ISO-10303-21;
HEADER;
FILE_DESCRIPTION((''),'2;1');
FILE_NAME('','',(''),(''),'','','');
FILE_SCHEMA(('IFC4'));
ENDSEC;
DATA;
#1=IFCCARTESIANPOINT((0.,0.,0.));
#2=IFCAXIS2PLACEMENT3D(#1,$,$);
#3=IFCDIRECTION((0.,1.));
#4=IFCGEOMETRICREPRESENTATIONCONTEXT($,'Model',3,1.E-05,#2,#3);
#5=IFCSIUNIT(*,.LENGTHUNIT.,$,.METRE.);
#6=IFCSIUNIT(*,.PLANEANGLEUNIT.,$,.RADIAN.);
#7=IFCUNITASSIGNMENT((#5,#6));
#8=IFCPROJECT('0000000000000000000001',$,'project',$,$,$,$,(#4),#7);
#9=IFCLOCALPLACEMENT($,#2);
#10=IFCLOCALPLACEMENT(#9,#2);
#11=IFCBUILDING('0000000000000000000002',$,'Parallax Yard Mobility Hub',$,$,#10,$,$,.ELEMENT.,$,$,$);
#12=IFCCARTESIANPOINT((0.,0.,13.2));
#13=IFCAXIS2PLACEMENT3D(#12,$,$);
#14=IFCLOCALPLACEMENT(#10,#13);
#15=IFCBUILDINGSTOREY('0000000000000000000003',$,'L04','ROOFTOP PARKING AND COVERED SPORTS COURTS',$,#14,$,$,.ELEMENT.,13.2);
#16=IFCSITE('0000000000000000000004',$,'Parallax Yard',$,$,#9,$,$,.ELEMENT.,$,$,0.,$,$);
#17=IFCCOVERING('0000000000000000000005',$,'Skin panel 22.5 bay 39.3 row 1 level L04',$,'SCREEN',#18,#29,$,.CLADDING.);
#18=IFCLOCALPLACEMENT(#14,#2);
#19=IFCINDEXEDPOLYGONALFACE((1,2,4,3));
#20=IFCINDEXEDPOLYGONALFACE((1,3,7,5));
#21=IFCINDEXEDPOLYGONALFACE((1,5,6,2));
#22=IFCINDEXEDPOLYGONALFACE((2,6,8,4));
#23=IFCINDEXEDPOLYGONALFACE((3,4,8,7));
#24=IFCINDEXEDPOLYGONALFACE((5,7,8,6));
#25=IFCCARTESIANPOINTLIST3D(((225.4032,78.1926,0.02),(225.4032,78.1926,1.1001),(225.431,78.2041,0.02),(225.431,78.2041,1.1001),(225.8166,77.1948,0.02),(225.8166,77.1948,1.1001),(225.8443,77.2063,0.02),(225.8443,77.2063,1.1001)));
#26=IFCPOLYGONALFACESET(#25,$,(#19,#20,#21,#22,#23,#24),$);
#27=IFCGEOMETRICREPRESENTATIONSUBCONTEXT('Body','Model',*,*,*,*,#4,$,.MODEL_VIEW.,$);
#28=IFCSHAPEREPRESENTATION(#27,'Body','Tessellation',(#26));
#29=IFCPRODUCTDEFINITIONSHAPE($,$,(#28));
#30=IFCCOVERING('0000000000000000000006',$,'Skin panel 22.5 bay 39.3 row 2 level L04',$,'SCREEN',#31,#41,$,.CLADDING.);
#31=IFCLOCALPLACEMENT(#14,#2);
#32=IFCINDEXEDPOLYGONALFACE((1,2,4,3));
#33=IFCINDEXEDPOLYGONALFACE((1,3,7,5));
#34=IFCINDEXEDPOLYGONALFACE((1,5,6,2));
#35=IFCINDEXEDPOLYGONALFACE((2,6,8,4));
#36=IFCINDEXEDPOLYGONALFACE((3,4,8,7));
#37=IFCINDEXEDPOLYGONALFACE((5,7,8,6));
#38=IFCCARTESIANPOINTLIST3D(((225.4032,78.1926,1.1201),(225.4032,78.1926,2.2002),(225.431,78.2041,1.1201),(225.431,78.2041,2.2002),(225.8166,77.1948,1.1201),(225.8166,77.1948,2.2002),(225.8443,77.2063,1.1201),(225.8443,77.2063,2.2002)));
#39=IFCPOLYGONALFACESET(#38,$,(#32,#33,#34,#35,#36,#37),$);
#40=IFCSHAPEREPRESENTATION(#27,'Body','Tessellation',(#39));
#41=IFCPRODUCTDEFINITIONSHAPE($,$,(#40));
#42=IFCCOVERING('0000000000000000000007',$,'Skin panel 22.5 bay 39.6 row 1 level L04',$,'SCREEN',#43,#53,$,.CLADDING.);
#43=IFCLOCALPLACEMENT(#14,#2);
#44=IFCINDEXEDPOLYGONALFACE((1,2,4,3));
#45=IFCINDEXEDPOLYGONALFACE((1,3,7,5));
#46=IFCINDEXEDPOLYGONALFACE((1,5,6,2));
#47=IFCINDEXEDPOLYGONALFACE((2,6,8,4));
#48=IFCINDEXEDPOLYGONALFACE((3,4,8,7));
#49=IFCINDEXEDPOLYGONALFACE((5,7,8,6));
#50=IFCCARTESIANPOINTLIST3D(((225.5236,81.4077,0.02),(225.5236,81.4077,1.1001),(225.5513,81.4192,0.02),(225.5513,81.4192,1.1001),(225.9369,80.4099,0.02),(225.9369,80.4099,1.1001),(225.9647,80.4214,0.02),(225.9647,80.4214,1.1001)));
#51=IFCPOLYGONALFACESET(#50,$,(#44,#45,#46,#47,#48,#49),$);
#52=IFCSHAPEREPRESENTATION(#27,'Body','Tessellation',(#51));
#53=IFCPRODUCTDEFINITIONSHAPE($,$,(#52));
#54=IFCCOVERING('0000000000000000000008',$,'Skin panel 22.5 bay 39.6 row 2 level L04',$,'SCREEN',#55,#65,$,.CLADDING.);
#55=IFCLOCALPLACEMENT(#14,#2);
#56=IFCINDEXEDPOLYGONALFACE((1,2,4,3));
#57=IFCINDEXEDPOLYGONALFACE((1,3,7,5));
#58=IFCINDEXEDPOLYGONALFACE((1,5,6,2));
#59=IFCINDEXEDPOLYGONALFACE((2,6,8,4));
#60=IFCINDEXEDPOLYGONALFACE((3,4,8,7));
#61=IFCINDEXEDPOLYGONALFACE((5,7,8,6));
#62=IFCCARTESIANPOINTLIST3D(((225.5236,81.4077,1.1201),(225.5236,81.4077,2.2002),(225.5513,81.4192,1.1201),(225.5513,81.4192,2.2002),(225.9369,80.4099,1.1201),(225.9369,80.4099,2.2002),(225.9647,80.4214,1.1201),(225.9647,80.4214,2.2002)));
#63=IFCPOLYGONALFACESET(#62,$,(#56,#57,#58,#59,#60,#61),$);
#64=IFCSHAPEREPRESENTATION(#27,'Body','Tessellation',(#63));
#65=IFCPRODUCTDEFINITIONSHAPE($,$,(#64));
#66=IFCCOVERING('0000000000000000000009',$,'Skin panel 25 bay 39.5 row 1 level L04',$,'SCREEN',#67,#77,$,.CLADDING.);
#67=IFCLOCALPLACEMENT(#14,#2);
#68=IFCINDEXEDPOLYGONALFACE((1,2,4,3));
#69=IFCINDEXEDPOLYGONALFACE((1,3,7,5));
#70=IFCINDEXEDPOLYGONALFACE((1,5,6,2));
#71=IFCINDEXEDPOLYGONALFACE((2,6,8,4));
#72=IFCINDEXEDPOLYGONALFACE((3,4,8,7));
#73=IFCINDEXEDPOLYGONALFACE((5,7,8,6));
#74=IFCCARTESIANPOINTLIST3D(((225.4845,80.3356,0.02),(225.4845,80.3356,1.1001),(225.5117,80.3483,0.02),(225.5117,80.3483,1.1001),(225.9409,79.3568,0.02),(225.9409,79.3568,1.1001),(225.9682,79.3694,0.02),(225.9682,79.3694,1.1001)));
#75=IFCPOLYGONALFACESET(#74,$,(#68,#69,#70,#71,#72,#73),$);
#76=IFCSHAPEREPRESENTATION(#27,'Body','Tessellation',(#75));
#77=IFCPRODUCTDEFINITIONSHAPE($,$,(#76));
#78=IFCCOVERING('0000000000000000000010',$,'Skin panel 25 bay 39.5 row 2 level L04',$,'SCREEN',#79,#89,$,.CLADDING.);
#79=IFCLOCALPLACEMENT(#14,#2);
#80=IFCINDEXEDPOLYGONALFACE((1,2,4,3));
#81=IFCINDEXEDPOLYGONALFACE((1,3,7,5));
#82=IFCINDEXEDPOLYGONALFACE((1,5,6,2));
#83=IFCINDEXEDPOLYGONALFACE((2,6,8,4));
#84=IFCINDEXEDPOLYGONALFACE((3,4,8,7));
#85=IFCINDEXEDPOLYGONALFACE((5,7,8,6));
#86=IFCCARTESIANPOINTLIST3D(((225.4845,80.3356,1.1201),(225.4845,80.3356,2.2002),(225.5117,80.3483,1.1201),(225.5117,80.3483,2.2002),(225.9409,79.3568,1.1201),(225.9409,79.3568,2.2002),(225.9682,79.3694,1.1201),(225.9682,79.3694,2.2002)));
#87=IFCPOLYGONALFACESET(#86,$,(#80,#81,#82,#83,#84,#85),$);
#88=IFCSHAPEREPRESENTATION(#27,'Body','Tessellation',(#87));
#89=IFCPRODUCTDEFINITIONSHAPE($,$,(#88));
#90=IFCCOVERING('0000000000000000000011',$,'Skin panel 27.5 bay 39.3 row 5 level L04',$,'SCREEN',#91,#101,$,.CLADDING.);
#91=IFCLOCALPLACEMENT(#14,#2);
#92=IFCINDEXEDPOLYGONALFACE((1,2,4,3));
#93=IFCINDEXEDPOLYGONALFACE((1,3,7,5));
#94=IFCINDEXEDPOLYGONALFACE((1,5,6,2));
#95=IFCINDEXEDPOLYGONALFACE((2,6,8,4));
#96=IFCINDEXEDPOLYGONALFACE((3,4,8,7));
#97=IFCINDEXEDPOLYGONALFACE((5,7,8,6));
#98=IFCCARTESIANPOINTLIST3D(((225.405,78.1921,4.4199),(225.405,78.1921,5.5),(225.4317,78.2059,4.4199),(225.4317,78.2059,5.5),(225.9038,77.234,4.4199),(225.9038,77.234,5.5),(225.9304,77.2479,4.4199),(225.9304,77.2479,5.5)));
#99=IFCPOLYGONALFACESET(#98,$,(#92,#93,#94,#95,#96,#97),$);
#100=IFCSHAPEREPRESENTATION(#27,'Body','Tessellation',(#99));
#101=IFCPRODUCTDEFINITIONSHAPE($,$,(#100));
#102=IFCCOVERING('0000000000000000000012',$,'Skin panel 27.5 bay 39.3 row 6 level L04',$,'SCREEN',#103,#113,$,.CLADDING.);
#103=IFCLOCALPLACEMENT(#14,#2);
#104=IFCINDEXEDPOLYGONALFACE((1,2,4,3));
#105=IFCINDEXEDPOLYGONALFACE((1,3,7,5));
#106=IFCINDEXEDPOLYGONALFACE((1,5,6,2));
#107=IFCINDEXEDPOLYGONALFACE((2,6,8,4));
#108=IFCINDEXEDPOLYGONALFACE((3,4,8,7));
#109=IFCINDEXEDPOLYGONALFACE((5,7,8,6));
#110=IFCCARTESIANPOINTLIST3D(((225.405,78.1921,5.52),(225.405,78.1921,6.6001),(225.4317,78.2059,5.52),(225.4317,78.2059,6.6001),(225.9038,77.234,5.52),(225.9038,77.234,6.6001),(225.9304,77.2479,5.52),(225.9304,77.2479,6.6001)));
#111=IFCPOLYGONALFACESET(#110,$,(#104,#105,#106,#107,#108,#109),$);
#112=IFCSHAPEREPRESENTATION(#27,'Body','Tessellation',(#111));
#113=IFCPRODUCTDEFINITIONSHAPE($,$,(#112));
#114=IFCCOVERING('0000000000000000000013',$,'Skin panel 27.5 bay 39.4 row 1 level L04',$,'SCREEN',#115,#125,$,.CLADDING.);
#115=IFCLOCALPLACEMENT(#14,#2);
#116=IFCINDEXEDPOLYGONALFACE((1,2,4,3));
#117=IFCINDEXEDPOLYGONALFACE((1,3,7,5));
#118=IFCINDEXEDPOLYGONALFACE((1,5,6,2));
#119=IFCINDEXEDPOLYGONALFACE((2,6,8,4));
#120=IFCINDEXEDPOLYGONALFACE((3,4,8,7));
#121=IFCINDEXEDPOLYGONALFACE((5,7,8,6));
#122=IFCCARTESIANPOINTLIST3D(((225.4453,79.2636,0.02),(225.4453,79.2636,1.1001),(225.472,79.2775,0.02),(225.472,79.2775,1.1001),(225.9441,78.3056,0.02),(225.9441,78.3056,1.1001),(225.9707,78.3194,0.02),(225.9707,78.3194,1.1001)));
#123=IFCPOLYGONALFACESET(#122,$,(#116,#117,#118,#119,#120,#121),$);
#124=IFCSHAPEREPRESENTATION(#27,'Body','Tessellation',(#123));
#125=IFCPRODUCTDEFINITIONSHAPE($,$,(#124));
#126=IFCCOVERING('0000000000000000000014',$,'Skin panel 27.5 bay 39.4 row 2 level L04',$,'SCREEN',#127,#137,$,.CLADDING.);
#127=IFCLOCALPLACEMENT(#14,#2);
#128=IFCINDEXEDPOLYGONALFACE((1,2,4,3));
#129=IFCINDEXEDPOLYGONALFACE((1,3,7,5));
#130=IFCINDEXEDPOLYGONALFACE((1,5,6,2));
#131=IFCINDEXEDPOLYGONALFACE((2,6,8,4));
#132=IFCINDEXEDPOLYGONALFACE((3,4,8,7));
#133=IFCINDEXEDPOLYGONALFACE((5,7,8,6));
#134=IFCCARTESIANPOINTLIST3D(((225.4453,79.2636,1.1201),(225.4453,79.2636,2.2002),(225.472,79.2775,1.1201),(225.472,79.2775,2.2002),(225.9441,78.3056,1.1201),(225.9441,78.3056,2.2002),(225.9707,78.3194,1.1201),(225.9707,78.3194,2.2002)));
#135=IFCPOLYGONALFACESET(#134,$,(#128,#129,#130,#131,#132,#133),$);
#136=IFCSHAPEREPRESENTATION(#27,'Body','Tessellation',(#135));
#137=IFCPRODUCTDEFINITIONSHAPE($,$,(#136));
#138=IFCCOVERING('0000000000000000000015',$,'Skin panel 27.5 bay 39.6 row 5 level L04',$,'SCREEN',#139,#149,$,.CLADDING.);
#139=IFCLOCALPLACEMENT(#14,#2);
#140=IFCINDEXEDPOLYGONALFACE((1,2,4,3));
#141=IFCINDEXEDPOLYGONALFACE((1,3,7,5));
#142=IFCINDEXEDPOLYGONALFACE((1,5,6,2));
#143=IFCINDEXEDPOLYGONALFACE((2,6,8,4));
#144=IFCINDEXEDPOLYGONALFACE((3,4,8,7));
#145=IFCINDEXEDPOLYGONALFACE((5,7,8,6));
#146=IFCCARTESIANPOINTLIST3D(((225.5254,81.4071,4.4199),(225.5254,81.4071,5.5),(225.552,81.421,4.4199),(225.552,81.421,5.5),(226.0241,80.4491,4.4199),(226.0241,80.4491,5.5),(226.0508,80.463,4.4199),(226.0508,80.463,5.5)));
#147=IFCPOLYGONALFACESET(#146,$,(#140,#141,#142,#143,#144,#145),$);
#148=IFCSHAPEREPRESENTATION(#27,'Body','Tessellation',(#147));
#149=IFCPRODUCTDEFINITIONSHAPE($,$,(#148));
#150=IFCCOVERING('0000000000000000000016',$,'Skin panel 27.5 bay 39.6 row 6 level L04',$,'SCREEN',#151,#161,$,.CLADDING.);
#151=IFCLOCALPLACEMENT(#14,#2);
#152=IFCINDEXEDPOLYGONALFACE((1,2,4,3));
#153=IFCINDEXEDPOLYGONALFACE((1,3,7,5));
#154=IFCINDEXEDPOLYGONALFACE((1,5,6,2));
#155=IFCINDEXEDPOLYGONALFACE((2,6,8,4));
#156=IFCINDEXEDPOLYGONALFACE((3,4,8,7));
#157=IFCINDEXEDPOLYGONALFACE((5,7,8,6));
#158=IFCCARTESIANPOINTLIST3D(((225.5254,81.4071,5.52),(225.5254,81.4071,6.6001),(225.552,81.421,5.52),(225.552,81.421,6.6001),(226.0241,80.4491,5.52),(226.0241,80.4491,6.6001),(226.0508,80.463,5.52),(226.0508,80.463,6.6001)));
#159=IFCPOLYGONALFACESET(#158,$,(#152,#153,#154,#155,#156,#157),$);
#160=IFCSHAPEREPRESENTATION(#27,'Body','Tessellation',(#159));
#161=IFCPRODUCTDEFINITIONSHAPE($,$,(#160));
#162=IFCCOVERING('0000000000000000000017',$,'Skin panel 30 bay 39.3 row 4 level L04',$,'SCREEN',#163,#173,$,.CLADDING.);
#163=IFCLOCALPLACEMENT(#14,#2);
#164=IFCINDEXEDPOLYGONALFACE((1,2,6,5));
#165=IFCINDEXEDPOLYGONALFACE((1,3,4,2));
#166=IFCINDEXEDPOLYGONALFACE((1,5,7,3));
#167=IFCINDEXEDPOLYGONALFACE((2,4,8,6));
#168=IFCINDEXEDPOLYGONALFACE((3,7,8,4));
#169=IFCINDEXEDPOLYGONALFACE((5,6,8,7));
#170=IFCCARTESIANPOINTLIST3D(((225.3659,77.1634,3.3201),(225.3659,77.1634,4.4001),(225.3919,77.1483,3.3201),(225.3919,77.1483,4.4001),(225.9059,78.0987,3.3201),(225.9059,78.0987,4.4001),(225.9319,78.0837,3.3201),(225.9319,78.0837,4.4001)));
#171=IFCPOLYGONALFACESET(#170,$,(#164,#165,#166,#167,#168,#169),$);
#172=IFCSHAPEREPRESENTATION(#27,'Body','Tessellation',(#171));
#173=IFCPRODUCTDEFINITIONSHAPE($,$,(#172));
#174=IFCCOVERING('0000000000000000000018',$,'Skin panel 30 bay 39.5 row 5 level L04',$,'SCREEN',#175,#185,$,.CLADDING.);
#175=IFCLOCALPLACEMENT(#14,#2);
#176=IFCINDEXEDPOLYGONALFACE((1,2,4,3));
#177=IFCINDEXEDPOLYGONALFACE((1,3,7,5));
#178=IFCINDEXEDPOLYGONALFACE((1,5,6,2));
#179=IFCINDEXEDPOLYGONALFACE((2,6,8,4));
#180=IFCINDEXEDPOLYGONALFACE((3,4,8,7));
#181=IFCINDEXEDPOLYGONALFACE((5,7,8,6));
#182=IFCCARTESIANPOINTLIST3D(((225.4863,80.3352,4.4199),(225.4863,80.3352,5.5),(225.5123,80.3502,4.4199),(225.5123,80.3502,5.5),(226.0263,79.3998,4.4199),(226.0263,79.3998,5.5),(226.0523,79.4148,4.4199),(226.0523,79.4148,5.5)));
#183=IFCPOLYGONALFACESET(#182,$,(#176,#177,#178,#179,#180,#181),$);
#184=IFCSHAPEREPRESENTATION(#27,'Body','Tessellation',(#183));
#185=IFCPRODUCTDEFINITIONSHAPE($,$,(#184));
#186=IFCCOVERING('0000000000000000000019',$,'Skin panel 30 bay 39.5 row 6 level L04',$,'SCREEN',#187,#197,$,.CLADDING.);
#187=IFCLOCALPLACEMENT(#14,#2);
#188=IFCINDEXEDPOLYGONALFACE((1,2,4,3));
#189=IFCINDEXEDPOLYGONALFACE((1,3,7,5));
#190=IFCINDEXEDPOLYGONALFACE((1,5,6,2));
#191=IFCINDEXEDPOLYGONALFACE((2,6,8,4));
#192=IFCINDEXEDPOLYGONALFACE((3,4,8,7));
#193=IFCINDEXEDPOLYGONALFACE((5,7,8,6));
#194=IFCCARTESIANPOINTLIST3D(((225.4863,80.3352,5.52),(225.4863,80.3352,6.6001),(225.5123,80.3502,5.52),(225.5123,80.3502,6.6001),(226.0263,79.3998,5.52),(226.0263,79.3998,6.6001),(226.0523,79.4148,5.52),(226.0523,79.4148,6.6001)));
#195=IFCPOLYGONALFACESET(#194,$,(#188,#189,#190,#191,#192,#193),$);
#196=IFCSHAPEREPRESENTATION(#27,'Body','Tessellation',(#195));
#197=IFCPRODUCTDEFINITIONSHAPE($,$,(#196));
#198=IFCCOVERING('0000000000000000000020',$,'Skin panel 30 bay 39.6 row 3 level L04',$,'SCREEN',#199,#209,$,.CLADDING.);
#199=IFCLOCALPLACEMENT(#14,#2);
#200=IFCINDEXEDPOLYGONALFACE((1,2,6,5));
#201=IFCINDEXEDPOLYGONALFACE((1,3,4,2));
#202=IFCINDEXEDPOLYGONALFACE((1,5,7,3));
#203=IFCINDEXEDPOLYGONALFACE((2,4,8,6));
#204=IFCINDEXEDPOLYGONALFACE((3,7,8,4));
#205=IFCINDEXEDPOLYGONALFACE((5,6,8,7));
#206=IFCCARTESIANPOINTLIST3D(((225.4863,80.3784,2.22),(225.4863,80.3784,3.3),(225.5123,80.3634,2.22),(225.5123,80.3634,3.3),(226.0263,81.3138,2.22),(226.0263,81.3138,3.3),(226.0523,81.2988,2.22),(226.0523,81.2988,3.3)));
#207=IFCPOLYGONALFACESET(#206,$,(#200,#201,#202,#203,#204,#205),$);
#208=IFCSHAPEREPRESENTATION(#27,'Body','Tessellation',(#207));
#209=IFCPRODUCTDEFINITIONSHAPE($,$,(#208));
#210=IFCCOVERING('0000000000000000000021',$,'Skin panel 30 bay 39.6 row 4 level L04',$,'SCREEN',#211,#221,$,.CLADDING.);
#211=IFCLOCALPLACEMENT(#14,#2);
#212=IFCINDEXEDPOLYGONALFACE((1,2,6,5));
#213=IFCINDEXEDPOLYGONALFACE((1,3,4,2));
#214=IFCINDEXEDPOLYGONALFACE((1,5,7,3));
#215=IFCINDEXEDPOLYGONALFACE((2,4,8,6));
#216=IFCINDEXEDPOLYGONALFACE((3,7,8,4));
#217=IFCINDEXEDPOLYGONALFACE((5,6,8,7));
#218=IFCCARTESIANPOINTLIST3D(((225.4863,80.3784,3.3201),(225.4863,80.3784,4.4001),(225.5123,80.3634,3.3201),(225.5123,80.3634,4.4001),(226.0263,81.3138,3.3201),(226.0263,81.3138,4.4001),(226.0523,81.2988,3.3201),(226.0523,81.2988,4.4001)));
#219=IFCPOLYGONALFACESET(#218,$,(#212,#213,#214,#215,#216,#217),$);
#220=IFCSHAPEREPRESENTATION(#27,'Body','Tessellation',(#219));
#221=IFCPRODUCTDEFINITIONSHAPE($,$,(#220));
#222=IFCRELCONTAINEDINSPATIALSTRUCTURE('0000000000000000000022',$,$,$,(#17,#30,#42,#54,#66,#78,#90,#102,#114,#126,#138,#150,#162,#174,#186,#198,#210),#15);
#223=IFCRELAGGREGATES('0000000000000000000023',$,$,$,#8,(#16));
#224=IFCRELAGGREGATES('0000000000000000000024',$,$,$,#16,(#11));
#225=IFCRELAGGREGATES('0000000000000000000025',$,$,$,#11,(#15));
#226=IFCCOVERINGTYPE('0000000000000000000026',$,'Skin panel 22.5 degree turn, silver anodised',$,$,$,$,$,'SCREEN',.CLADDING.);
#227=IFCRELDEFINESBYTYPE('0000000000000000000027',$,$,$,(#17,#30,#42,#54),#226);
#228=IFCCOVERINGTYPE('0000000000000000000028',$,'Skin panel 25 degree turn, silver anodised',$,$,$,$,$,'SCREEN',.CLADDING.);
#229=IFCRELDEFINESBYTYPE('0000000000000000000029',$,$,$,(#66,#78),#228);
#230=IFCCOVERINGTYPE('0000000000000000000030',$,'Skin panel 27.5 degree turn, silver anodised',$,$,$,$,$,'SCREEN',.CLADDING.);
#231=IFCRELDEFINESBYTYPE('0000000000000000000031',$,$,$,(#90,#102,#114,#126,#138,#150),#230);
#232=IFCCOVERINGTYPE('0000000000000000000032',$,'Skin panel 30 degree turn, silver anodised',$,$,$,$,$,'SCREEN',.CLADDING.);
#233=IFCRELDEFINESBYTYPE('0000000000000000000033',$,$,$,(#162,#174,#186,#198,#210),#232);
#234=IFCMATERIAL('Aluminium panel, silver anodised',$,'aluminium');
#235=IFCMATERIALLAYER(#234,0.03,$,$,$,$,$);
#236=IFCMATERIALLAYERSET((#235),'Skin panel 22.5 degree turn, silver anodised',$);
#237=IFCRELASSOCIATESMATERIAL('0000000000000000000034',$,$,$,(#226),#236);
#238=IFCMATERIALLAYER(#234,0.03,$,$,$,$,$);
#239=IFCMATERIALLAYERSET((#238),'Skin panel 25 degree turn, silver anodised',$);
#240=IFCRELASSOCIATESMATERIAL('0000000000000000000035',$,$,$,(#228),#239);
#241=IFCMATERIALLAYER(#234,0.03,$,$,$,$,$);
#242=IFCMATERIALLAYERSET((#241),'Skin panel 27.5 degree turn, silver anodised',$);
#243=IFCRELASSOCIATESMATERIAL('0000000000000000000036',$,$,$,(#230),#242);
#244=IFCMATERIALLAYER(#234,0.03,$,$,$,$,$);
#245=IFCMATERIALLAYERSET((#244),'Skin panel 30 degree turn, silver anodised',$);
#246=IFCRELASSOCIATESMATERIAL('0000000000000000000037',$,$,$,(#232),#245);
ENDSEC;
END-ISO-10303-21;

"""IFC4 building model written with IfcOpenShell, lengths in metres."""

from ifc_helpers import new_model, si_unit, direction, frame, origin, origin_2d, place, context, subcontext, project, spatial, rectangle, extrude, material, layer, layer_set, type_object, element, save


model = new_model("IFC4")

# Units and contexts
model_context = context("Model", 3, precision=1e-05, world=origin(), true_north=direction((0.0, 1.0)))
body_context = subcontext(model_context, "Body", "Model", "MODEL_VIEW")
ifc_project = project(units=[si_unit("LENGTHUNIT", "METRE"), si_unit("PLANEANGLEUNIT", "RADIAN")], contexts=[model_context])

# Site, building, storey
site_placement = place(None, origin())
site = spatial("IfcSite", under=ifc_project, at=site_placement, Name="Parallax Yard", CompositionType="ELEMENT", RefElevation=0.0)
building_placement = place(site_placement, origin())
building = spatial("IfcBuilding", under=site, at=building_placement, Name="Parallax Yard Mobility Hub", CompositionType="ELEMENT")
storey_placement = place(building_placement, frame((0.0, 0.0, 13.2)))
storey = spatial("IfcBuildingStorey", under=building, at=storey_placement, Name="L04", Description="ROOFTOP PARKING AND COVERED SPORTS COURTS", CompositionType="ELEMENT", Elevation=13.2)

# Coverings
ifc_material_1 = material(Name="Aluminium panel, silver anodised", Category="aluminium")
ifc_layer_1 = layer(ifc_material_1, 0.03)
ifc_layer_set_1 = layer_set([ifc_layer_1], Name="Skin panel 22.5 degree turn, silver anodised")
covering_type_1 = type_object("IfcCoveringType", Name="Skin panel 22.5 degree turn, silver anodised", ElementType="SCREEN", PredefinedType="CLADDING", material=ifc_layer_set_1)
for number, where, z_axis, x_axis, name in (
    (1, (225.6238, 77.6995, 0.02), (0.0, 0.0, 1.0), (0.382683, -0.92388, 0.0), "Skin panel 22.5 bay 39.3 row 1 level L04"),
    (2, (225.6238, 77.6995, 1.1201), (0.0, 0.0, 1.0), (0.382683, -0.92388, 0.0), "Skin panel 22.5 bay 39.3 row 2 level L04"),
    (3, (225.7441, 80.9146, 0.02), (0.0, 0.0, 1.0), (0.382683, -0.92388, 0.0), "Skin panel 22.5 bay 39.6 row 1 level L04"),
    (4, (225.7441, 80.9146, 1.1201), (0.0, 0.0, 1.0), (0.382683, -0.92388, 0.0), "Skin panel 22.5 bay 39.6 row 2 level L04"),
):
    element("IfcCovering", number, at=place(storey_placement, frame(where, z_axis=z_axis, x_axis=x_axis)), inside=storey, type_object=covering_type_1, Name=name, ObjectType="SCREEN", PredefinedType="CLADDING", context=body_context, shape_type="SweptSolid", body=[
        extrude(rectangle(XDim=1.0801, YDim=0.03, at=origin_2d()), origin(), (0.0, 0.0, 1.0), 1.0801),
    ])
ifc_layer_2 = layer(ifc_material_1, 0.03)
ifc_layer_set_2 = layer_set([ifc_layer_2], Name="Skin panel 25 degree turn, silver anodised")
covering_type_2 = type_object("IfcCoveringType", Name="Skin panel 25 degree turn, silver anodised", ElementType="SCREEN", PredefinedType="CLADDING", material=ifc_layer_set_2)
for number, where, z_axis, x_axis, name in (
    (5, (225.7263, 79.8525, 0.02), (0.0, 0.0, 1.0), (0.422618, -0.906308, 0.0), "Skin panel 25 bay 39.5 row 1 level L04"),
    (6, (225.7263, 79.8525, 1.1201), (0.0, 0.0, 1.0), (0.422618, -0.906308, 0.0), "Skin panel 25 bay 39.5 row 2 level L04"),
):
    element("IfcCovering", number, at=place(storey_placement, frame(where, z_axis=z_axis, x_axis=x_axis)), inside=storey, type_object=covering_type_2, Name=name, ObjectType="SCREEN", PredefinedType="CLADDING", context=body_context, shape_type="SweptSolid", body=[
        extrude(rectangle(XDim=1.0801, YDim=0.03, at=origin_2d()), origin(), (0.0, 0.0, 1.0), 1.0801),
    ])
ifc_layer_3 = layer(ifc_material_1, 0.03)
ifc_layer_set_3 = layer_set([ifc_layer_3], Name="Skin panel 27.5 degree turn, silver anodised")
covering_type_3 = type_object("IfcCoveringType", Name="Skin panel 27.5 degree turn, silver anodised", ElementType="SCREEN", PredefinedType="CLADDING", material=ifc_layer_set_3)
for number, where, z_axis, x_axis, name in (
    (7, (225.6677, 77.72, 4.4199), (0.0, 0.0, 1.0), (0.461749, -0.887011, 0.0), "Skin panel 27.5 bay 39.3 row 5 level L04"),
    (8, (225.6677, 77.72, 5.52), (0.0, 0.0, 1.0), (0.461749, -0.887011, 0.0), "Skin panel 27.5 bay 39.3 row 6 level L04"),
    (9, (225.708, 78.7915, 0.02), (0.0, 0.0, 1.0), (0.461749, -0.887011, 0.0), "Skin panel 27.5 bay 39.4 row 1 level L04"),
    (10, (225.708, 78.7915, 1.1201), (0.0, 0.0, 1.0), (0.461749, -0.887011, 0.0), "Skin panel 27.5 bay 39.4 row 2 level L04"),
    (11, (225.7881, 80.9351, 4.4199), (0.0, 0.0, 1.0), (0.461749, -0.887011, 0.0), "Skin panel 27.5 bay 39.6 row 5 level L04"),
    (12, (225.7881, 80.9351, 5.52), (0.0, 0.0, 1.0), (0.461749, -0.887011, 0.0), "Skin panel 27.5 bay 39.6 row 6 level L04"),
):
    element("IfcCovering", number, at=place(storey_placement, frame(where, z_axis=z_axis, x_axis=x_axis)), inside=storey, type_object=covering_type_3, Name=name, ObjectType="SCREEN", PredefinedType="CLADDING", context=body_context, shape_type="SweptSolid", body=[
        extrude(rectangle(XDim=1.0801, YDim=0.03, at=origin_2d()), origin(), (0.0, 0.0, 1.0), 1.0801),
    ])
ifc_layer_4 = layer(ifc_material_1, 0.03)
ifc_layer_set_4 = layer_set([ifc_layer_4], Name="Skin panel 30 degree turn, silver anodised")
covering_type_4 = type_object("IfcCoveringType", Name="Skin panel 30 degree turn, silver anodised", ElementType="SCREEN", PredefinedType="CLADDING", material=ifc_layer_set_4)
for number, where, z_axis, x_axis, name in (
    (13, (225.6489, 77.6235, 3.3201), (0.0, 0.0, 1.0), (0.5, 0.866025, 0.0), "Skin panel 30 bay 39.3 row 4 level L04"),
    (14, (225.7693, 79.875, 4.4199), (0.0, 0.0, 1.0), (0.5, -0.866025, 0.0), "Skin panel 30 bay 39.5 row 5 level L04"),
    (15, (225.7693, 79.875, 5.52), (0.0, 0.0, 1.0), (0.5, -0.866025, 0.0), "Skin panel 30 bay 39.5 row 6 level L04"),
    (16, (225.7693, 80.8386, 2.22), (0.0, 0.0, 1.0), (0.5, 0.866025, 0.0), "Skin panel 30 bay 39.6 row 3 level L04"),
    (17, (225.7693, 80.8386, 3.3201), (0.0, 0.0, 1.0), (0.5, 0.866025, 0.0), "Skin panel 30 bay 39.6 row 4 level L04"),
):
    element("IfcCovering", number, at=place(storey_placement, frame(where, z_axis=z_axis, x_axis=x_axis)), inside=storey, type_object=covering_type_4, Name=name, ObjectType="SCREEN", PredefinedType="CLADDING", context=body_context, shape_type="SweptSolid", body=[
        extrude(rectangle(XDim=1.0801, YDim=0.03, at=origin_2d()), origin(), (0.0, 0.0, 1.0), 1.0801),
    ])

save(model, "model.ifc")
